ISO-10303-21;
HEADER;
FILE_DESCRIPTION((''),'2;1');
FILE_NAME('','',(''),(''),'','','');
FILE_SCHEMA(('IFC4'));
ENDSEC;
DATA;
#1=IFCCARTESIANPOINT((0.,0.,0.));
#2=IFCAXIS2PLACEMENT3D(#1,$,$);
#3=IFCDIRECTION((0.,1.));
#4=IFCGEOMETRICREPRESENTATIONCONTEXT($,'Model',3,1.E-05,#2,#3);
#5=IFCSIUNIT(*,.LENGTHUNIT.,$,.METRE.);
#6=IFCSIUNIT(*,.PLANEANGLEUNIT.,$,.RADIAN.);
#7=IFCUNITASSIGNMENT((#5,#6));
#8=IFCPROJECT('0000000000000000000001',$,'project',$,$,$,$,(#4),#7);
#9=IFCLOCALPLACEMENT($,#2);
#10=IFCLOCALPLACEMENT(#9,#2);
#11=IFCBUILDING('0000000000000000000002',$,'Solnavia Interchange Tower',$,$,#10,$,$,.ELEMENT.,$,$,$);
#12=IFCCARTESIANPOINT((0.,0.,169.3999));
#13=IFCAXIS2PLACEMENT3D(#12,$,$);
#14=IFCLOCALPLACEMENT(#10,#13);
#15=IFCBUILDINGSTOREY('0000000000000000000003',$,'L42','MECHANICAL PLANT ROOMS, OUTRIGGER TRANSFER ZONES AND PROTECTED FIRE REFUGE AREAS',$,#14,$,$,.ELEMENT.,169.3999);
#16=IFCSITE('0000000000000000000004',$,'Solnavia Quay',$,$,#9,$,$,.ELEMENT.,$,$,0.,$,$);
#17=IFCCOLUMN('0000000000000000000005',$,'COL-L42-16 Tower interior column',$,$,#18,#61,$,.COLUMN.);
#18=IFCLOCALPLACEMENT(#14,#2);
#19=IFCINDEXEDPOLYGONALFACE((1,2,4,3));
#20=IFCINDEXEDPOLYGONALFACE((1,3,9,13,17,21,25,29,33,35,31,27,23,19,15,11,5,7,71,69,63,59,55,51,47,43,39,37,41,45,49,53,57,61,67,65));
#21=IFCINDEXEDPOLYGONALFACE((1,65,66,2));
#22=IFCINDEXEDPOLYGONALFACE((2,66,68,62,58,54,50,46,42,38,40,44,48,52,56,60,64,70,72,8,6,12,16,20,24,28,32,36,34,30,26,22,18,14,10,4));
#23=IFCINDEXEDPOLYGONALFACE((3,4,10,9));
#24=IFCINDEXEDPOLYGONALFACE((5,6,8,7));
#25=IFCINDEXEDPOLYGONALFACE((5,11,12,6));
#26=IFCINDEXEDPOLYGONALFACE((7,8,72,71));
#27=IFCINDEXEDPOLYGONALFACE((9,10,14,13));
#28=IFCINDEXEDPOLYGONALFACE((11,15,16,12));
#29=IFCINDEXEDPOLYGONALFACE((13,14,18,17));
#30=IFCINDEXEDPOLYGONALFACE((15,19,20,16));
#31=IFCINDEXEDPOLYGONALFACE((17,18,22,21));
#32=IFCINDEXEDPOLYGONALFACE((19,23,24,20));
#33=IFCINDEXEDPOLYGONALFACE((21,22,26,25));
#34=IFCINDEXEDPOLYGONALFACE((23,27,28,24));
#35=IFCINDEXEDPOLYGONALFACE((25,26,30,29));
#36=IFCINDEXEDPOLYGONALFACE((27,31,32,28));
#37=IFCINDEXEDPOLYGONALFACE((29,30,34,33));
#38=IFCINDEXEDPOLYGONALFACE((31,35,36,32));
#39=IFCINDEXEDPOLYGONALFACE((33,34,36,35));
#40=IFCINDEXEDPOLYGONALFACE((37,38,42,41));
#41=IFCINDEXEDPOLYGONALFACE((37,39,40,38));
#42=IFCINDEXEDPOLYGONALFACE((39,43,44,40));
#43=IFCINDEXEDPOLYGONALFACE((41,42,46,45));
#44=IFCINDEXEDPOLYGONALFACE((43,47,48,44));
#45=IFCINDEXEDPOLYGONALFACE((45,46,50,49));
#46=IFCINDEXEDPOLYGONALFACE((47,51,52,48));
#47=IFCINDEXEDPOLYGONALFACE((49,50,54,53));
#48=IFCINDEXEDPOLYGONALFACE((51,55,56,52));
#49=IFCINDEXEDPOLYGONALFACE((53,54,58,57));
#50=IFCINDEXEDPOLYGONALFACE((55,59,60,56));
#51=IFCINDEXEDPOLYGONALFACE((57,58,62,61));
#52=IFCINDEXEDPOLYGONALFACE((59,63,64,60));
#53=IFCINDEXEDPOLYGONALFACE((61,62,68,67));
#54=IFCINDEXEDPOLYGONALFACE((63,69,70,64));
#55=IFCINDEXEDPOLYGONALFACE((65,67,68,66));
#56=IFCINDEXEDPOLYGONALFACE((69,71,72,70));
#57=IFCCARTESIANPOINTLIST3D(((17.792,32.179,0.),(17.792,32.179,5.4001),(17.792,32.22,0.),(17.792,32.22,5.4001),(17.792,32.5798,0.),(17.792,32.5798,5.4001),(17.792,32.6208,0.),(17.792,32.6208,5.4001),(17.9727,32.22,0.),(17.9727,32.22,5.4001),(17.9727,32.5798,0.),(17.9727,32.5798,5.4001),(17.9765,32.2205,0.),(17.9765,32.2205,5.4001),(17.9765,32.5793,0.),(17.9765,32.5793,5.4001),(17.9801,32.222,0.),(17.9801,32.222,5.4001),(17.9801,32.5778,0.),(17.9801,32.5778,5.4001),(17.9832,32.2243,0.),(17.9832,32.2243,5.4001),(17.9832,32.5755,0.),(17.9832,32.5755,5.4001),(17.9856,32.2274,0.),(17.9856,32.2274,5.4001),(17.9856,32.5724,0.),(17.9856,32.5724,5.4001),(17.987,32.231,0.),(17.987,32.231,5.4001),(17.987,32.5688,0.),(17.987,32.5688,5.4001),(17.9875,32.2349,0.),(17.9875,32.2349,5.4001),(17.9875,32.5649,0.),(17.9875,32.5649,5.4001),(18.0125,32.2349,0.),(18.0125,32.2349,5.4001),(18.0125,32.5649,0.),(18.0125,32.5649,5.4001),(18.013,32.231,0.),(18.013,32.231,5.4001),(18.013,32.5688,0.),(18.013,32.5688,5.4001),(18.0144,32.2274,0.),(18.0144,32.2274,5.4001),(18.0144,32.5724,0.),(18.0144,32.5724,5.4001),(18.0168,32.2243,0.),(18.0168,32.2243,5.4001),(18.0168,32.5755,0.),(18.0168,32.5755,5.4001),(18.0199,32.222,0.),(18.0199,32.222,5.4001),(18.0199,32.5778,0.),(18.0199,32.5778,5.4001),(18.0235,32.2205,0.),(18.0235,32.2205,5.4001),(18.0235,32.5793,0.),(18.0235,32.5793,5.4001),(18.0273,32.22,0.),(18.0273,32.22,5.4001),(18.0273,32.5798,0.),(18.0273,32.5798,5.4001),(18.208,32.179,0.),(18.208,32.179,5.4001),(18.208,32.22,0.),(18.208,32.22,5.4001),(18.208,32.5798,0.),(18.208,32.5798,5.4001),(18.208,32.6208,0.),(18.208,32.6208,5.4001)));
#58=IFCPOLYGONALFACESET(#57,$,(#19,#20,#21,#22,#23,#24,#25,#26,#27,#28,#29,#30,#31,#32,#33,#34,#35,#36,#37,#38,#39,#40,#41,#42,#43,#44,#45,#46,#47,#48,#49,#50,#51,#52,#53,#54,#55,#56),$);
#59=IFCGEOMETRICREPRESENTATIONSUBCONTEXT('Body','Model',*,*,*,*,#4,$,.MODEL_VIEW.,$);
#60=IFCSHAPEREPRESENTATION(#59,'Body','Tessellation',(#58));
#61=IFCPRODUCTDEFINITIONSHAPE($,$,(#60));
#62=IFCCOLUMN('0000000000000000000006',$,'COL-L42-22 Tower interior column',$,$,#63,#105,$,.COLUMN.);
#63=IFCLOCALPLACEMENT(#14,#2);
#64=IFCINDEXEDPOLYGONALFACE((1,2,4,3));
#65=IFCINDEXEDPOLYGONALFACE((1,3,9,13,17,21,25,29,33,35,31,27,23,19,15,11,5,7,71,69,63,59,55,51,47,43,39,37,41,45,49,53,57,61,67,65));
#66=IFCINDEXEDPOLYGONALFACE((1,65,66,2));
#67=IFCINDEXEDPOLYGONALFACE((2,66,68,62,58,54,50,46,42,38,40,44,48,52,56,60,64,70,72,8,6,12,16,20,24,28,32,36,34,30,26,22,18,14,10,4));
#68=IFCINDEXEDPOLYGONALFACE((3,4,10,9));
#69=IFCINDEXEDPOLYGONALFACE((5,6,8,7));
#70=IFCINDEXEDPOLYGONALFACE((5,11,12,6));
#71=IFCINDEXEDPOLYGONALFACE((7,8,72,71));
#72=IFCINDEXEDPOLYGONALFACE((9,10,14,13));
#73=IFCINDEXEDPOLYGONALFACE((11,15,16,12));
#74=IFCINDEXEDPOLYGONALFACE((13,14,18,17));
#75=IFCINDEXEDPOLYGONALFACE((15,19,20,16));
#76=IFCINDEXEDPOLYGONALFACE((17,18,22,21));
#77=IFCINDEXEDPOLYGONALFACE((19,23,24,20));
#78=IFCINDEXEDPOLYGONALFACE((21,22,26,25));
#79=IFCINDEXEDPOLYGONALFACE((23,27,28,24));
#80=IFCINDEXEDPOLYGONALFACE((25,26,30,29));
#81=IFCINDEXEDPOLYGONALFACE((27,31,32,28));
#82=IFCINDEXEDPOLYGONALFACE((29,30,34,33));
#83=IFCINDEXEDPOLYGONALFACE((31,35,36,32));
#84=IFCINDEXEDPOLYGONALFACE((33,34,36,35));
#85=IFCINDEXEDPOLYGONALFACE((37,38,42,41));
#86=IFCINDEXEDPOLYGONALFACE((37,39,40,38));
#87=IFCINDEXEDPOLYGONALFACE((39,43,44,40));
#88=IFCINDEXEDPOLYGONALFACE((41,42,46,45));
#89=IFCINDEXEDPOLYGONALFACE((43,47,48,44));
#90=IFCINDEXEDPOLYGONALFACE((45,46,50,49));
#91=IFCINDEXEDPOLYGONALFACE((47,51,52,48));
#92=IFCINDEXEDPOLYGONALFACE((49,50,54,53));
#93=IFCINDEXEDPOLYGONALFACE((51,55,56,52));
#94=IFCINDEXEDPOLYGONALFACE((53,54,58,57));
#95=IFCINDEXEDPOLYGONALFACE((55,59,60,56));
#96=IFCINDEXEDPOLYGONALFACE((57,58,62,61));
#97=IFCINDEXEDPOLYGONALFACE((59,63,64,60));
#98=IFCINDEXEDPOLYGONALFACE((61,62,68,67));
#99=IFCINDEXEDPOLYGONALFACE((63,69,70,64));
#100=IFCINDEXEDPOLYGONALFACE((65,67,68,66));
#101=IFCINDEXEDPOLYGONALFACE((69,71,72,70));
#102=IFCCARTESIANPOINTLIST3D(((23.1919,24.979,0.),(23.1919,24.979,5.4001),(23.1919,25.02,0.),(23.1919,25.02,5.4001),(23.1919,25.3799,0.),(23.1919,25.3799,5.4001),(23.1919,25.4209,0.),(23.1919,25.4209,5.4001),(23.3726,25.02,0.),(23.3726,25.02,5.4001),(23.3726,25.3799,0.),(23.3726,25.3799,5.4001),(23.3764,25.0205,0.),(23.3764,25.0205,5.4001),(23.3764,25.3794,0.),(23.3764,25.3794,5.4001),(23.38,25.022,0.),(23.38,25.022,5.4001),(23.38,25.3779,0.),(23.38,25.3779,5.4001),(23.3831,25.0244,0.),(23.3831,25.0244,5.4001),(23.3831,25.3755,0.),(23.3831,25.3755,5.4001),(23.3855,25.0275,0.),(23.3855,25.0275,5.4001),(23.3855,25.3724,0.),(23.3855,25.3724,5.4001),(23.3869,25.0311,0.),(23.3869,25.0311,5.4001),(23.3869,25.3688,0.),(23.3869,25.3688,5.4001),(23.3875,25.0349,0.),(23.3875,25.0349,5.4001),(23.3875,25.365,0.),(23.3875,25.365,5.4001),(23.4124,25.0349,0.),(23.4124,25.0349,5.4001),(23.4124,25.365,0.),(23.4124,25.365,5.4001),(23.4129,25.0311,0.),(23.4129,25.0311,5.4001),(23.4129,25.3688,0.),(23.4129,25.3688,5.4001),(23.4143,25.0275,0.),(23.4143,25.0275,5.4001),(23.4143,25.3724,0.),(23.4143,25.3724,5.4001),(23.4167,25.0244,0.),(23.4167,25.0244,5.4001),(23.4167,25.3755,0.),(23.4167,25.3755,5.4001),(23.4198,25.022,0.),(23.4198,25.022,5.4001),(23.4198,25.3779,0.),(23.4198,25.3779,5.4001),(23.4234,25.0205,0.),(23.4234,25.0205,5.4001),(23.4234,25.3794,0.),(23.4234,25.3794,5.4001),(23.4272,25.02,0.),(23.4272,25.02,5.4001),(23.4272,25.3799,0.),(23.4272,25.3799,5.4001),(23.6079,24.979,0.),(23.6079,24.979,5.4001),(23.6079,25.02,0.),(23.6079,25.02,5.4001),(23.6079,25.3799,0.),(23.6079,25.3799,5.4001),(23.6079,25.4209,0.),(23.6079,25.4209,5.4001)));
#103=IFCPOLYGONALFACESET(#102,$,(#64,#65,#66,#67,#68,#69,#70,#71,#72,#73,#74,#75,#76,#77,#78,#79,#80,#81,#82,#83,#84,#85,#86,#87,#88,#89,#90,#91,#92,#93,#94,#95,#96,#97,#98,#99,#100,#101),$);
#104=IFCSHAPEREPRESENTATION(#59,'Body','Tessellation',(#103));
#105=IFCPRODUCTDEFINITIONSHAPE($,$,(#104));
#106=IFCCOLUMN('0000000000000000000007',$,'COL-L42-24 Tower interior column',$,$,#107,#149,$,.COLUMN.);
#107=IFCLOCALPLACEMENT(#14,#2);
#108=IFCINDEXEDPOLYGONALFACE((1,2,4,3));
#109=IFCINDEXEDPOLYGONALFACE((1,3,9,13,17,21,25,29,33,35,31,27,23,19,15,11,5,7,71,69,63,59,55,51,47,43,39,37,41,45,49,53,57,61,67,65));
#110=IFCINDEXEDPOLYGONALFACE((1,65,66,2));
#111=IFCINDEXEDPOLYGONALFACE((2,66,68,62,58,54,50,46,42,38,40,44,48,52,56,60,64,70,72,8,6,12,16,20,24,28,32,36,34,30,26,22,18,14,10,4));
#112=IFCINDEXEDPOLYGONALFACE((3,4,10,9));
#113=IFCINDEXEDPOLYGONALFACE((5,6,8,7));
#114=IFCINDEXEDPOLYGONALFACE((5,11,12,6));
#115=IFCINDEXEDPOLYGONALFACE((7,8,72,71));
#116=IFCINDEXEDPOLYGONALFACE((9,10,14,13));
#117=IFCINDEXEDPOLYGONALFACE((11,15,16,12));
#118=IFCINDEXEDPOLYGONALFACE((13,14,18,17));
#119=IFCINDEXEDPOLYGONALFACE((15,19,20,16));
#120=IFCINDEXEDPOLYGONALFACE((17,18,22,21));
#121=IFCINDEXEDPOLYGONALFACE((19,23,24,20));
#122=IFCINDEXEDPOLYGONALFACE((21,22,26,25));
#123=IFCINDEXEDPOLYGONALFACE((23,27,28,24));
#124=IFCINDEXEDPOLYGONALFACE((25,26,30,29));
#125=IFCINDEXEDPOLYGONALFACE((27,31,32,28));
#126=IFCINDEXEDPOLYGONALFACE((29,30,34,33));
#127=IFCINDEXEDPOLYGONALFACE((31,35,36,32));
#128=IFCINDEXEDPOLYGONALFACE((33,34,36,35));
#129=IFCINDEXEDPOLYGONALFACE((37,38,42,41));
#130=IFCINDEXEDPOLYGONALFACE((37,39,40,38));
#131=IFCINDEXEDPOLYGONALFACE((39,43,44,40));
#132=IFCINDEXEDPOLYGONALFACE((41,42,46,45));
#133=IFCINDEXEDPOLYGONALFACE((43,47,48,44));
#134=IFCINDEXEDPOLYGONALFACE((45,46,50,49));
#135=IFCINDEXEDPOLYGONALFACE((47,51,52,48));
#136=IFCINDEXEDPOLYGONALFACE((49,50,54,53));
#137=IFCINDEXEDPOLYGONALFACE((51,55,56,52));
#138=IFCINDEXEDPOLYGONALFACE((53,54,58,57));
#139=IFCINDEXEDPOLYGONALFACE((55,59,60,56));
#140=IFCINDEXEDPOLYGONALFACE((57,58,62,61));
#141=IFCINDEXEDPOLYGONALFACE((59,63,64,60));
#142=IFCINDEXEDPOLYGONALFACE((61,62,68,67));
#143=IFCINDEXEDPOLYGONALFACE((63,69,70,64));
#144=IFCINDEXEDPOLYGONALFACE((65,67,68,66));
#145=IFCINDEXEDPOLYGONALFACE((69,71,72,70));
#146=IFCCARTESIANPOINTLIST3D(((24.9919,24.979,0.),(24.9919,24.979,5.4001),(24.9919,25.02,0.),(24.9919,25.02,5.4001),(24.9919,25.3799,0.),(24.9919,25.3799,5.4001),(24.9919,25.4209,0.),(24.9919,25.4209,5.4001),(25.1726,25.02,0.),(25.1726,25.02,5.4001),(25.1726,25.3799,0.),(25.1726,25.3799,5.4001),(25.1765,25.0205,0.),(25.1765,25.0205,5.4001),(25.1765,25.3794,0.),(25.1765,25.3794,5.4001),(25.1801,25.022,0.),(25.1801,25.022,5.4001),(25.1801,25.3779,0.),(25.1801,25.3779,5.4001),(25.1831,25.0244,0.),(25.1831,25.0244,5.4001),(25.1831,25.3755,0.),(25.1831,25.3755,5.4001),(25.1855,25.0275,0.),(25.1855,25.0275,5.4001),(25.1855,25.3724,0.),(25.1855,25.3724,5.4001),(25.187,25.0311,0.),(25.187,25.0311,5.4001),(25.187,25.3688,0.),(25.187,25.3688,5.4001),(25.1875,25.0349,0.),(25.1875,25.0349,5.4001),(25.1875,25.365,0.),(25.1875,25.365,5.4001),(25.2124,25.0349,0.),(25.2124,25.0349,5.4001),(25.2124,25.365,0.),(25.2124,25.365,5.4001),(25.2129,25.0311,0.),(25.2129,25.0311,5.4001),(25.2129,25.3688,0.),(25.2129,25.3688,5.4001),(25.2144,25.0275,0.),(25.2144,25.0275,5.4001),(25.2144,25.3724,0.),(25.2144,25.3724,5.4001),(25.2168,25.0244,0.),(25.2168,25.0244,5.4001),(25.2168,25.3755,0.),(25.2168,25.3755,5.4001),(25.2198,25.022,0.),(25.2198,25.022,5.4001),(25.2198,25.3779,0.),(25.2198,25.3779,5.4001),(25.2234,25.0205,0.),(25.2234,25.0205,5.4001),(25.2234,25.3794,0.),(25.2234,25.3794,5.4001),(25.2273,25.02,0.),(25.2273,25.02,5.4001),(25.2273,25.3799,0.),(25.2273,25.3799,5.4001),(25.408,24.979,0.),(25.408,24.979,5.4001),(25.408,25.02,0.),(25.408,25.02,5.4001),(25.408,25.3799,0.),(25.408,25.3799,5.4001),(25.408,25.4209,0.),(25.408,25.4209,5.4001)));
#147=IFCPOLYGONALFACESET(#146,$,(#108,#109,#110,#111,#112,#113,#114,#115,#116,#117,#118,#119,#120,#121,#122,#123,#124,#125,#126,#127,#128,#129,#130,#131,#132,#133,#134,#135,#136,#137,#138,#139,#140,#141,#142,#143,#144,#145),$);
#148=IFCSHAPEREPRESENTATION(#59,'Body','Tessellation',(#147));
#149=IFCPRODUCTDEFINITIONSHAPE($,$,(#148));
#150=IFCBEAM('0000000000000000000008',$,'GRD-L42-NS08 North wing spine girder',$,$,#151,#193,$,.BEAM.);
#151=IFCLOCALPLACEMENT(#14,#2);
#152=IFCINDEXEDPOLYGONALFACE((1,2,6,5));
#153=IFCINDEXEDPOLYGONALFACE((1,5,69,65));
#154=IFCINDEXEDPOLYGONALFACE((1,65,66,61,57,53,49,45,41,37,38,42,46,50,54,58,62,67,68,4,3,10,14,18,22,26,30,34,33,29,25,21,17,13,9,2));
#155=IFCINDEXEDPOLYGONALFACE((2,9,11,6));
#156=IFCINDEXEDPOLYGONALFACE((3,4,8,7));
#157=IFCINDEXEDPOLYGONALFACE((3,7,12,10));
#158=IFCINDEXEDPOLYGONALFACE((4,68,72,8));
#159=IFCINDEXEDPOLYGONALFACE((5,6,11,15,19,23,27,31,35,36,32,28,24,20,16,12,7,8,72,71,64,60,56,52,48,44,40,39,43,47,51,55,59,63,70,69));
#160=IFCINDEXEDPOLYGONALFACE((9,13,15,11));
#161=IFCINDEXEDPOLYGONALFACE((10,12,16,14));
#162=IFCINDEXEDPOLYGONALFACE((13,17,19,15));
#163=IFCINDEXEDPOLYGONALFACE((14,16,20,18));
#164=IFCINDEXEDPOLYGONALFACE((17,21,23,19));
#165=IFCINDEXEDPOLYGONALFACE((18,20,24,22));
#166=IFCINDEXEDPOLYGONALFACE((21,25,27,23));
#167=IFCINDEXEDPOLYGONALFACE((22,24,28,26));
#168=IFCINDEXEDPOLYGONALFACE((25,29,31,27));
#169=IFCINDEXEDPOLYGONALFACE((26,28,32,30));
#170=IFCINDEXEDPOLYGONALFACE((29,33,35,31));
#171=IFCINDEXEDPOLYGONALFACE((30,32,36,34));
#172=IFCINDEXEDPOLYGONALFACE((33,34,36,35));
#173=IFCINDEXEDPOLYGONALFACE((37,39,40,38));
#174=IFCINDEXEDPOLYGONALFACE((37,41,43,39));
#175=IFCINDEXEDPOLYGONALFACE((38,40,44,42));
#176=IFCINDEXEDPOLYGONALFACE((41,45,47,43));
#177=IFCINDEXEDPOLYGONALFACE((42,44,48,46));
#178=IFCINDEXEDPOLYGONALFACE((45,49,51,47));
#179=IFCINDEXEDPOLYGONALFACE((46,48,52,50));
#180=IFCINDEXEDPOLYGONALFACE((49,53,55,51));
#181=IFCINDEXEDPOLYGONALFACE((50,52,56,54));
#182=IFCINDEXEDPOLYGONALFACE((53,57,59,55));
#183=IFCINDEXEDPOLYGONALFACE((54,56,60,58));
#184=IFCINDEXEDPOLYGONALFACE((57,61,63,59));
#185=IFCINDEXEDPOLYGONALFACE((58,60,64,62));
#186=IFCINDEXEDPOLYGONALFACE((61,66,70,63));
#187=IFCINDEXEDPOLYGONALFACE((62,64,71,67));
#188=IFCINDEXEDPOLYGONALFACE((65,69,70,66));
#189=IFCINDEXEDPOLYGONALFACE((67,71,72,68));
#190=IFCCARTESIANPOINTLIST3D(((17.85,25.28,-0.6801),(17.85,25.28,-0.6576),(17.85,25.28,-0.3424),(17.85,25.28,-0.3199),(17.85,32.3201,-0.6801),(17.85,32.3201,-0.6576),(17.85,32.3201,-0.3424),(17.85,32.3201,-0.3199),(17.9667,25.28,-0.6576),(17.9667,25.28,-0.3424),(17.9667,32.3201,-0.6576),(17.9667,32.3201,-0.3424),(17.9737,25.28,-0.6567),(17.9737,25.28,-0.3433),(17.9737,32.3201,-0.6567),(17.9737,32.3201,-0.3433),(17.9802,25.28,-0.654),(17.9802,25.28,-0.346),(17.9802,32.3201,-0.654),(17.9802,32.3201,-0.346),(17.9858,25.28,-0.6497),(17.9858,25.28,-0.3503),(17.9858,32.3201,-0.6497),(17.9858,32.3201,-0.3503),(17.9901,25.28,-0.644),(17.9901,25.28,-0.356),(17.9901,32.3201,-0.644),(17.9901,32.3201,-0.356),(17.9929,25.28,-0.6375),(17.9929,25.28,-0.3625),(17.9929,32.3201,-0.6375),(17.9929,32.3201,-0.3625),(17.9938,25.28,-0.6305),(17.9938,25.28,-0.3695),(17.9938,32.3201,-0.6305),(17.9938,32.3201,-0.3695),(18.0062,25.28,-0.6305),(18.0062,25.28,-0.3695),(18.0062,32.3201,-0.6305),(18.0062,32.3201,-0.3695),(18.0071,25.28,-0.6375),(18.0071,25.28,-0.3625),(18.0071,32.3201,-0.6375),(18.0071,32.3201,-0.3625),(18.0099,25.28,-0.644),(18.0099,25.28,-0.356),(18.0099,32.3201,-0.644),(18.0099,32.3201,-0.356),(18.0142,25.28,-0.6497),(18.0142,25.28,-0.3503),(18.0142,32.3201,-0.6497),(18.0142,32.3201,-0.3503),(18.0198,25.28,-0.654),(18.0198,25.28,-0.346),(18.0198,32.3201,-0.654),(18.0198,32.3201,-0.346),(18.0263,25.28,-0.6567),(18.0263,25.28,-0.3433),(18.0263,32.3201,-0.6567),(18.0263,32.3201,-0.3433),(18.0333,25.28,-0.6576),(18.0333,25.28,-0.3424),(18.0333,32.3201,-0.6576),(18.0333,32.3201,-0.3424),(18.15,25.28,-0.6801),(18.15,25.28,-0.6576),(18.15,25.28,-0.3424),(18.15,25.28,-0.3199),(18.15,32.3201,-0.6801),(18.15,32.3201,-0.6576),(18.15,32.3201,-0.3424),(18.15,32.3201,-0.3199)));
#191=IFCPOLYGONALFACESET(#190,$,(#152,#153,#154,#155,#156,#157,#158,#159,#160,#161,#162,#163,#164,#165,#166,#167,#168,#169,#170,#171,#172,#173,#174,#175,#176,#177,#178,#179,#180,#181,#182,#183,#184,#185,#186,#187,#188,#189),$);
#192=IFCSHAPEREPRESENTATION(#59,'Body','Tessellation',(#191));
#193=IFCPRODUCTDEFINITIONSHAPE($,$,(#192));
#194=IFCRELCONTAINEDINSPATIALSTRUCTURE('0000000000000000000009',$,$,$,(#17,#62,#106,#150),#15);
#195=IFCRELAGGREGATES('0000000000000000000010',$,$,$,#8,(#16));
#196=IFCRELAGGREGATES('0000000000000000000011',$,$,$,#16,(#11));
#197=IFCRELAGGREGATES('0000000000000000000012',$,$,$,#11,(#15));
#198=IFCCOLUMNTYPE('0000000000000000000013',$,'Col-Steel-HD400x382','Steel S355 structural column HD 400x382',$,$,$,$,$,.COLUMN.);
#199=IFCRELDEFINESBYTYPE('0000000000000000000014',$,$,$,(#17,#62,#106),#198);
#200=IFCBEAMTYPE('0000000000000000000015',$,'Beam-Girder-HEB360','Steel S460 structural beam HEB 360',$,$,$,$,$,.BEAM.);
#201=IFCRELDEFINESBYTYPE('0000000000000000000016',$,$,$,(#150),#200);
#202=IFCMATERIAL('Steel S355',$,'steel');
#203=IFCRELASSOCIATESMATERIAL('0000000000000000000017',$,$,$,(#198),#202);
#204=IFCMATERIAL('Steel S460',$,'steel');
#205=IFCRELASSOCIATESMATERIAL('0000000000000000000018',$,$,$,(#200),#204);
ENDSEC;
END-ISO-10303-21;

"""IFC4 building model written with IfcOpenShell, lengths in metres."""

from ifc_helpers import new_model, si_unit, direction, frame, origin, origin_2d, place, context, subcontext, project, spatial, i_section, extrude, material, material_profile, profile_set, type_object, element, save


model = new_model("IFC4")

# Units and contexts
model_context = context("Model", 3, precision=1e-05, world=origin(), true_north=direction((0.0, 1.0)))
body_context = subcontext(model_context, "Body", "Model", "MODEL_VIEW")
ifc_project = project(units=[si_unit("LENGTHUNIT", "METRE"), si_unit("PLANEANGLEUNIT", "RADIAN")], contexts=[model_context])

# Site, building, storey
site_placement = place(None, origin())
site = spatial("IfcSite", under=ifc_project, at=site_placement, Name="Solnavia Quay", CompositionType="ELEMENT", RefElevation=0.0)
building_placement = place(site_placement, origin())
building = spatial("IfcBuilding", under=site, at=building_placement, Name="Solnavia Interchange Tower", CompositionType="ELEMENT")
storey_placement = place(building_placement, frame((0.0, 0.0, 169.3999)))
storey = spatial("IfcBuildingStorey", under=building, at=storey_placement, Name="L42", Description="MECHANICAL PLANT ROOMS, OUTRIGGER TRANSFER ZONES AND PROTECTED FIRE REFUGE AREAS", CompositionType="ELEMENT", Elevation=169.3999)

# Columns
ifc_material_1 = material(Name="Steel S355", Category="steel")
ifc_material_profile_1 = material_profile(ifc_material_1, i_section(OverallWidth=0.416, OverallDepth=0.4419, WebThickness=0.0249, FlangeThickness=0.041, FilletRadius=0.0149, at=origin_2d()), Name="HD 400x382")
ifc_profile_set_1 = profile_set([ifc_material_profile_1], Name="Steel S355")
column_type = type_object("IfcColumnType", Name="Col-Steel-HD400x382", Description="Steel S355 structural column HD 400x382", PredefinedType="COLUMN", material=ifc_profile_set_1)
for number, where, z_axis, x_axis, name in (
    (1, (18.0, 32.3999, 0.0), (0.0, 0.0, 1.0), (1.0, 0.0, 0.0), "COL-L42-16 Tower interior column"),
    (2, (23.3999, 25.2, 0.0), (0.0, 0.0, 1.0), (1.0, 0.0, 0.0), "COL-L42-22 Tower interior column"),
    (3, (25.2, 25.2, 0.0), (0.0, 0.0, 1.0), (1.0, 0.0, 0.0), "COL-L42-24 Tower interior column"),
):
    element("IfcColumn", number, at=place(storey_placement, frame(where, z_axis=z_axis, x_axis=x_axis)), inside=storey, type_object=column_type, Name=name, PredefinedType="COLUMN", context=body_context, shape_type="SweptSolid", body=[
        extrude(i_section(OverallWidth=0.416, OverallDepth=0.4419, WebThickness=0.0249, FlangeThickness=0.041, FilletRadius=0.0149, at=origin_2d()), origin(), (0.0, 0.0, 1.0), 5.4001),
    ])

# Beam
ifc_material_2 = material(Name="Steel S460", Category="steel")
ifc_material_profile_2 = material_profile(ifc_material_2, i_section(OverallWidth=0.3, OverallDepth=0.3601, WebThickness=0.0125, FlangeThickness=0.0225, FilletRadius=0.0271, at=origin_2d()), Name="HEB 360")
ifc_profile_set_2 = profile_set([ifc_material_profile_2], Name="Steel S460")
beam_type_1 = type_object("IfcBeamType", Name="Beam-Girder-HEB360", Description="Steel S460 structural beam HEB 360", PredefinedType="BEAM", material=ifc_profile_set_2)
beam_1_placement = place(storey_placement, frame((18.0, 25.28, -0.5), z_axis=(0.0, 1.0, 0.0), x_axis=(-1.0, 0.0, 0.0)))
element("IfcBeam", 4, at=beam_1_placement, inside=storey, type_object=beam_type_1, Name="GRD-L42-NS08 North wing spine girder", PredefinedType="BEAM", context=body_context, shape_type="SweptSolid", body=[
    extrude(i_section(OverallWidth=0.3, OverallDepth=0.3601, WebThickness=0.0125, FlangeThickness=0.0225, FilletRadius=0.0271, at=origin_2d()), origin(), (0.0, 0.0, 1.0), 7.04),
])

save(model, "model.ifc")
